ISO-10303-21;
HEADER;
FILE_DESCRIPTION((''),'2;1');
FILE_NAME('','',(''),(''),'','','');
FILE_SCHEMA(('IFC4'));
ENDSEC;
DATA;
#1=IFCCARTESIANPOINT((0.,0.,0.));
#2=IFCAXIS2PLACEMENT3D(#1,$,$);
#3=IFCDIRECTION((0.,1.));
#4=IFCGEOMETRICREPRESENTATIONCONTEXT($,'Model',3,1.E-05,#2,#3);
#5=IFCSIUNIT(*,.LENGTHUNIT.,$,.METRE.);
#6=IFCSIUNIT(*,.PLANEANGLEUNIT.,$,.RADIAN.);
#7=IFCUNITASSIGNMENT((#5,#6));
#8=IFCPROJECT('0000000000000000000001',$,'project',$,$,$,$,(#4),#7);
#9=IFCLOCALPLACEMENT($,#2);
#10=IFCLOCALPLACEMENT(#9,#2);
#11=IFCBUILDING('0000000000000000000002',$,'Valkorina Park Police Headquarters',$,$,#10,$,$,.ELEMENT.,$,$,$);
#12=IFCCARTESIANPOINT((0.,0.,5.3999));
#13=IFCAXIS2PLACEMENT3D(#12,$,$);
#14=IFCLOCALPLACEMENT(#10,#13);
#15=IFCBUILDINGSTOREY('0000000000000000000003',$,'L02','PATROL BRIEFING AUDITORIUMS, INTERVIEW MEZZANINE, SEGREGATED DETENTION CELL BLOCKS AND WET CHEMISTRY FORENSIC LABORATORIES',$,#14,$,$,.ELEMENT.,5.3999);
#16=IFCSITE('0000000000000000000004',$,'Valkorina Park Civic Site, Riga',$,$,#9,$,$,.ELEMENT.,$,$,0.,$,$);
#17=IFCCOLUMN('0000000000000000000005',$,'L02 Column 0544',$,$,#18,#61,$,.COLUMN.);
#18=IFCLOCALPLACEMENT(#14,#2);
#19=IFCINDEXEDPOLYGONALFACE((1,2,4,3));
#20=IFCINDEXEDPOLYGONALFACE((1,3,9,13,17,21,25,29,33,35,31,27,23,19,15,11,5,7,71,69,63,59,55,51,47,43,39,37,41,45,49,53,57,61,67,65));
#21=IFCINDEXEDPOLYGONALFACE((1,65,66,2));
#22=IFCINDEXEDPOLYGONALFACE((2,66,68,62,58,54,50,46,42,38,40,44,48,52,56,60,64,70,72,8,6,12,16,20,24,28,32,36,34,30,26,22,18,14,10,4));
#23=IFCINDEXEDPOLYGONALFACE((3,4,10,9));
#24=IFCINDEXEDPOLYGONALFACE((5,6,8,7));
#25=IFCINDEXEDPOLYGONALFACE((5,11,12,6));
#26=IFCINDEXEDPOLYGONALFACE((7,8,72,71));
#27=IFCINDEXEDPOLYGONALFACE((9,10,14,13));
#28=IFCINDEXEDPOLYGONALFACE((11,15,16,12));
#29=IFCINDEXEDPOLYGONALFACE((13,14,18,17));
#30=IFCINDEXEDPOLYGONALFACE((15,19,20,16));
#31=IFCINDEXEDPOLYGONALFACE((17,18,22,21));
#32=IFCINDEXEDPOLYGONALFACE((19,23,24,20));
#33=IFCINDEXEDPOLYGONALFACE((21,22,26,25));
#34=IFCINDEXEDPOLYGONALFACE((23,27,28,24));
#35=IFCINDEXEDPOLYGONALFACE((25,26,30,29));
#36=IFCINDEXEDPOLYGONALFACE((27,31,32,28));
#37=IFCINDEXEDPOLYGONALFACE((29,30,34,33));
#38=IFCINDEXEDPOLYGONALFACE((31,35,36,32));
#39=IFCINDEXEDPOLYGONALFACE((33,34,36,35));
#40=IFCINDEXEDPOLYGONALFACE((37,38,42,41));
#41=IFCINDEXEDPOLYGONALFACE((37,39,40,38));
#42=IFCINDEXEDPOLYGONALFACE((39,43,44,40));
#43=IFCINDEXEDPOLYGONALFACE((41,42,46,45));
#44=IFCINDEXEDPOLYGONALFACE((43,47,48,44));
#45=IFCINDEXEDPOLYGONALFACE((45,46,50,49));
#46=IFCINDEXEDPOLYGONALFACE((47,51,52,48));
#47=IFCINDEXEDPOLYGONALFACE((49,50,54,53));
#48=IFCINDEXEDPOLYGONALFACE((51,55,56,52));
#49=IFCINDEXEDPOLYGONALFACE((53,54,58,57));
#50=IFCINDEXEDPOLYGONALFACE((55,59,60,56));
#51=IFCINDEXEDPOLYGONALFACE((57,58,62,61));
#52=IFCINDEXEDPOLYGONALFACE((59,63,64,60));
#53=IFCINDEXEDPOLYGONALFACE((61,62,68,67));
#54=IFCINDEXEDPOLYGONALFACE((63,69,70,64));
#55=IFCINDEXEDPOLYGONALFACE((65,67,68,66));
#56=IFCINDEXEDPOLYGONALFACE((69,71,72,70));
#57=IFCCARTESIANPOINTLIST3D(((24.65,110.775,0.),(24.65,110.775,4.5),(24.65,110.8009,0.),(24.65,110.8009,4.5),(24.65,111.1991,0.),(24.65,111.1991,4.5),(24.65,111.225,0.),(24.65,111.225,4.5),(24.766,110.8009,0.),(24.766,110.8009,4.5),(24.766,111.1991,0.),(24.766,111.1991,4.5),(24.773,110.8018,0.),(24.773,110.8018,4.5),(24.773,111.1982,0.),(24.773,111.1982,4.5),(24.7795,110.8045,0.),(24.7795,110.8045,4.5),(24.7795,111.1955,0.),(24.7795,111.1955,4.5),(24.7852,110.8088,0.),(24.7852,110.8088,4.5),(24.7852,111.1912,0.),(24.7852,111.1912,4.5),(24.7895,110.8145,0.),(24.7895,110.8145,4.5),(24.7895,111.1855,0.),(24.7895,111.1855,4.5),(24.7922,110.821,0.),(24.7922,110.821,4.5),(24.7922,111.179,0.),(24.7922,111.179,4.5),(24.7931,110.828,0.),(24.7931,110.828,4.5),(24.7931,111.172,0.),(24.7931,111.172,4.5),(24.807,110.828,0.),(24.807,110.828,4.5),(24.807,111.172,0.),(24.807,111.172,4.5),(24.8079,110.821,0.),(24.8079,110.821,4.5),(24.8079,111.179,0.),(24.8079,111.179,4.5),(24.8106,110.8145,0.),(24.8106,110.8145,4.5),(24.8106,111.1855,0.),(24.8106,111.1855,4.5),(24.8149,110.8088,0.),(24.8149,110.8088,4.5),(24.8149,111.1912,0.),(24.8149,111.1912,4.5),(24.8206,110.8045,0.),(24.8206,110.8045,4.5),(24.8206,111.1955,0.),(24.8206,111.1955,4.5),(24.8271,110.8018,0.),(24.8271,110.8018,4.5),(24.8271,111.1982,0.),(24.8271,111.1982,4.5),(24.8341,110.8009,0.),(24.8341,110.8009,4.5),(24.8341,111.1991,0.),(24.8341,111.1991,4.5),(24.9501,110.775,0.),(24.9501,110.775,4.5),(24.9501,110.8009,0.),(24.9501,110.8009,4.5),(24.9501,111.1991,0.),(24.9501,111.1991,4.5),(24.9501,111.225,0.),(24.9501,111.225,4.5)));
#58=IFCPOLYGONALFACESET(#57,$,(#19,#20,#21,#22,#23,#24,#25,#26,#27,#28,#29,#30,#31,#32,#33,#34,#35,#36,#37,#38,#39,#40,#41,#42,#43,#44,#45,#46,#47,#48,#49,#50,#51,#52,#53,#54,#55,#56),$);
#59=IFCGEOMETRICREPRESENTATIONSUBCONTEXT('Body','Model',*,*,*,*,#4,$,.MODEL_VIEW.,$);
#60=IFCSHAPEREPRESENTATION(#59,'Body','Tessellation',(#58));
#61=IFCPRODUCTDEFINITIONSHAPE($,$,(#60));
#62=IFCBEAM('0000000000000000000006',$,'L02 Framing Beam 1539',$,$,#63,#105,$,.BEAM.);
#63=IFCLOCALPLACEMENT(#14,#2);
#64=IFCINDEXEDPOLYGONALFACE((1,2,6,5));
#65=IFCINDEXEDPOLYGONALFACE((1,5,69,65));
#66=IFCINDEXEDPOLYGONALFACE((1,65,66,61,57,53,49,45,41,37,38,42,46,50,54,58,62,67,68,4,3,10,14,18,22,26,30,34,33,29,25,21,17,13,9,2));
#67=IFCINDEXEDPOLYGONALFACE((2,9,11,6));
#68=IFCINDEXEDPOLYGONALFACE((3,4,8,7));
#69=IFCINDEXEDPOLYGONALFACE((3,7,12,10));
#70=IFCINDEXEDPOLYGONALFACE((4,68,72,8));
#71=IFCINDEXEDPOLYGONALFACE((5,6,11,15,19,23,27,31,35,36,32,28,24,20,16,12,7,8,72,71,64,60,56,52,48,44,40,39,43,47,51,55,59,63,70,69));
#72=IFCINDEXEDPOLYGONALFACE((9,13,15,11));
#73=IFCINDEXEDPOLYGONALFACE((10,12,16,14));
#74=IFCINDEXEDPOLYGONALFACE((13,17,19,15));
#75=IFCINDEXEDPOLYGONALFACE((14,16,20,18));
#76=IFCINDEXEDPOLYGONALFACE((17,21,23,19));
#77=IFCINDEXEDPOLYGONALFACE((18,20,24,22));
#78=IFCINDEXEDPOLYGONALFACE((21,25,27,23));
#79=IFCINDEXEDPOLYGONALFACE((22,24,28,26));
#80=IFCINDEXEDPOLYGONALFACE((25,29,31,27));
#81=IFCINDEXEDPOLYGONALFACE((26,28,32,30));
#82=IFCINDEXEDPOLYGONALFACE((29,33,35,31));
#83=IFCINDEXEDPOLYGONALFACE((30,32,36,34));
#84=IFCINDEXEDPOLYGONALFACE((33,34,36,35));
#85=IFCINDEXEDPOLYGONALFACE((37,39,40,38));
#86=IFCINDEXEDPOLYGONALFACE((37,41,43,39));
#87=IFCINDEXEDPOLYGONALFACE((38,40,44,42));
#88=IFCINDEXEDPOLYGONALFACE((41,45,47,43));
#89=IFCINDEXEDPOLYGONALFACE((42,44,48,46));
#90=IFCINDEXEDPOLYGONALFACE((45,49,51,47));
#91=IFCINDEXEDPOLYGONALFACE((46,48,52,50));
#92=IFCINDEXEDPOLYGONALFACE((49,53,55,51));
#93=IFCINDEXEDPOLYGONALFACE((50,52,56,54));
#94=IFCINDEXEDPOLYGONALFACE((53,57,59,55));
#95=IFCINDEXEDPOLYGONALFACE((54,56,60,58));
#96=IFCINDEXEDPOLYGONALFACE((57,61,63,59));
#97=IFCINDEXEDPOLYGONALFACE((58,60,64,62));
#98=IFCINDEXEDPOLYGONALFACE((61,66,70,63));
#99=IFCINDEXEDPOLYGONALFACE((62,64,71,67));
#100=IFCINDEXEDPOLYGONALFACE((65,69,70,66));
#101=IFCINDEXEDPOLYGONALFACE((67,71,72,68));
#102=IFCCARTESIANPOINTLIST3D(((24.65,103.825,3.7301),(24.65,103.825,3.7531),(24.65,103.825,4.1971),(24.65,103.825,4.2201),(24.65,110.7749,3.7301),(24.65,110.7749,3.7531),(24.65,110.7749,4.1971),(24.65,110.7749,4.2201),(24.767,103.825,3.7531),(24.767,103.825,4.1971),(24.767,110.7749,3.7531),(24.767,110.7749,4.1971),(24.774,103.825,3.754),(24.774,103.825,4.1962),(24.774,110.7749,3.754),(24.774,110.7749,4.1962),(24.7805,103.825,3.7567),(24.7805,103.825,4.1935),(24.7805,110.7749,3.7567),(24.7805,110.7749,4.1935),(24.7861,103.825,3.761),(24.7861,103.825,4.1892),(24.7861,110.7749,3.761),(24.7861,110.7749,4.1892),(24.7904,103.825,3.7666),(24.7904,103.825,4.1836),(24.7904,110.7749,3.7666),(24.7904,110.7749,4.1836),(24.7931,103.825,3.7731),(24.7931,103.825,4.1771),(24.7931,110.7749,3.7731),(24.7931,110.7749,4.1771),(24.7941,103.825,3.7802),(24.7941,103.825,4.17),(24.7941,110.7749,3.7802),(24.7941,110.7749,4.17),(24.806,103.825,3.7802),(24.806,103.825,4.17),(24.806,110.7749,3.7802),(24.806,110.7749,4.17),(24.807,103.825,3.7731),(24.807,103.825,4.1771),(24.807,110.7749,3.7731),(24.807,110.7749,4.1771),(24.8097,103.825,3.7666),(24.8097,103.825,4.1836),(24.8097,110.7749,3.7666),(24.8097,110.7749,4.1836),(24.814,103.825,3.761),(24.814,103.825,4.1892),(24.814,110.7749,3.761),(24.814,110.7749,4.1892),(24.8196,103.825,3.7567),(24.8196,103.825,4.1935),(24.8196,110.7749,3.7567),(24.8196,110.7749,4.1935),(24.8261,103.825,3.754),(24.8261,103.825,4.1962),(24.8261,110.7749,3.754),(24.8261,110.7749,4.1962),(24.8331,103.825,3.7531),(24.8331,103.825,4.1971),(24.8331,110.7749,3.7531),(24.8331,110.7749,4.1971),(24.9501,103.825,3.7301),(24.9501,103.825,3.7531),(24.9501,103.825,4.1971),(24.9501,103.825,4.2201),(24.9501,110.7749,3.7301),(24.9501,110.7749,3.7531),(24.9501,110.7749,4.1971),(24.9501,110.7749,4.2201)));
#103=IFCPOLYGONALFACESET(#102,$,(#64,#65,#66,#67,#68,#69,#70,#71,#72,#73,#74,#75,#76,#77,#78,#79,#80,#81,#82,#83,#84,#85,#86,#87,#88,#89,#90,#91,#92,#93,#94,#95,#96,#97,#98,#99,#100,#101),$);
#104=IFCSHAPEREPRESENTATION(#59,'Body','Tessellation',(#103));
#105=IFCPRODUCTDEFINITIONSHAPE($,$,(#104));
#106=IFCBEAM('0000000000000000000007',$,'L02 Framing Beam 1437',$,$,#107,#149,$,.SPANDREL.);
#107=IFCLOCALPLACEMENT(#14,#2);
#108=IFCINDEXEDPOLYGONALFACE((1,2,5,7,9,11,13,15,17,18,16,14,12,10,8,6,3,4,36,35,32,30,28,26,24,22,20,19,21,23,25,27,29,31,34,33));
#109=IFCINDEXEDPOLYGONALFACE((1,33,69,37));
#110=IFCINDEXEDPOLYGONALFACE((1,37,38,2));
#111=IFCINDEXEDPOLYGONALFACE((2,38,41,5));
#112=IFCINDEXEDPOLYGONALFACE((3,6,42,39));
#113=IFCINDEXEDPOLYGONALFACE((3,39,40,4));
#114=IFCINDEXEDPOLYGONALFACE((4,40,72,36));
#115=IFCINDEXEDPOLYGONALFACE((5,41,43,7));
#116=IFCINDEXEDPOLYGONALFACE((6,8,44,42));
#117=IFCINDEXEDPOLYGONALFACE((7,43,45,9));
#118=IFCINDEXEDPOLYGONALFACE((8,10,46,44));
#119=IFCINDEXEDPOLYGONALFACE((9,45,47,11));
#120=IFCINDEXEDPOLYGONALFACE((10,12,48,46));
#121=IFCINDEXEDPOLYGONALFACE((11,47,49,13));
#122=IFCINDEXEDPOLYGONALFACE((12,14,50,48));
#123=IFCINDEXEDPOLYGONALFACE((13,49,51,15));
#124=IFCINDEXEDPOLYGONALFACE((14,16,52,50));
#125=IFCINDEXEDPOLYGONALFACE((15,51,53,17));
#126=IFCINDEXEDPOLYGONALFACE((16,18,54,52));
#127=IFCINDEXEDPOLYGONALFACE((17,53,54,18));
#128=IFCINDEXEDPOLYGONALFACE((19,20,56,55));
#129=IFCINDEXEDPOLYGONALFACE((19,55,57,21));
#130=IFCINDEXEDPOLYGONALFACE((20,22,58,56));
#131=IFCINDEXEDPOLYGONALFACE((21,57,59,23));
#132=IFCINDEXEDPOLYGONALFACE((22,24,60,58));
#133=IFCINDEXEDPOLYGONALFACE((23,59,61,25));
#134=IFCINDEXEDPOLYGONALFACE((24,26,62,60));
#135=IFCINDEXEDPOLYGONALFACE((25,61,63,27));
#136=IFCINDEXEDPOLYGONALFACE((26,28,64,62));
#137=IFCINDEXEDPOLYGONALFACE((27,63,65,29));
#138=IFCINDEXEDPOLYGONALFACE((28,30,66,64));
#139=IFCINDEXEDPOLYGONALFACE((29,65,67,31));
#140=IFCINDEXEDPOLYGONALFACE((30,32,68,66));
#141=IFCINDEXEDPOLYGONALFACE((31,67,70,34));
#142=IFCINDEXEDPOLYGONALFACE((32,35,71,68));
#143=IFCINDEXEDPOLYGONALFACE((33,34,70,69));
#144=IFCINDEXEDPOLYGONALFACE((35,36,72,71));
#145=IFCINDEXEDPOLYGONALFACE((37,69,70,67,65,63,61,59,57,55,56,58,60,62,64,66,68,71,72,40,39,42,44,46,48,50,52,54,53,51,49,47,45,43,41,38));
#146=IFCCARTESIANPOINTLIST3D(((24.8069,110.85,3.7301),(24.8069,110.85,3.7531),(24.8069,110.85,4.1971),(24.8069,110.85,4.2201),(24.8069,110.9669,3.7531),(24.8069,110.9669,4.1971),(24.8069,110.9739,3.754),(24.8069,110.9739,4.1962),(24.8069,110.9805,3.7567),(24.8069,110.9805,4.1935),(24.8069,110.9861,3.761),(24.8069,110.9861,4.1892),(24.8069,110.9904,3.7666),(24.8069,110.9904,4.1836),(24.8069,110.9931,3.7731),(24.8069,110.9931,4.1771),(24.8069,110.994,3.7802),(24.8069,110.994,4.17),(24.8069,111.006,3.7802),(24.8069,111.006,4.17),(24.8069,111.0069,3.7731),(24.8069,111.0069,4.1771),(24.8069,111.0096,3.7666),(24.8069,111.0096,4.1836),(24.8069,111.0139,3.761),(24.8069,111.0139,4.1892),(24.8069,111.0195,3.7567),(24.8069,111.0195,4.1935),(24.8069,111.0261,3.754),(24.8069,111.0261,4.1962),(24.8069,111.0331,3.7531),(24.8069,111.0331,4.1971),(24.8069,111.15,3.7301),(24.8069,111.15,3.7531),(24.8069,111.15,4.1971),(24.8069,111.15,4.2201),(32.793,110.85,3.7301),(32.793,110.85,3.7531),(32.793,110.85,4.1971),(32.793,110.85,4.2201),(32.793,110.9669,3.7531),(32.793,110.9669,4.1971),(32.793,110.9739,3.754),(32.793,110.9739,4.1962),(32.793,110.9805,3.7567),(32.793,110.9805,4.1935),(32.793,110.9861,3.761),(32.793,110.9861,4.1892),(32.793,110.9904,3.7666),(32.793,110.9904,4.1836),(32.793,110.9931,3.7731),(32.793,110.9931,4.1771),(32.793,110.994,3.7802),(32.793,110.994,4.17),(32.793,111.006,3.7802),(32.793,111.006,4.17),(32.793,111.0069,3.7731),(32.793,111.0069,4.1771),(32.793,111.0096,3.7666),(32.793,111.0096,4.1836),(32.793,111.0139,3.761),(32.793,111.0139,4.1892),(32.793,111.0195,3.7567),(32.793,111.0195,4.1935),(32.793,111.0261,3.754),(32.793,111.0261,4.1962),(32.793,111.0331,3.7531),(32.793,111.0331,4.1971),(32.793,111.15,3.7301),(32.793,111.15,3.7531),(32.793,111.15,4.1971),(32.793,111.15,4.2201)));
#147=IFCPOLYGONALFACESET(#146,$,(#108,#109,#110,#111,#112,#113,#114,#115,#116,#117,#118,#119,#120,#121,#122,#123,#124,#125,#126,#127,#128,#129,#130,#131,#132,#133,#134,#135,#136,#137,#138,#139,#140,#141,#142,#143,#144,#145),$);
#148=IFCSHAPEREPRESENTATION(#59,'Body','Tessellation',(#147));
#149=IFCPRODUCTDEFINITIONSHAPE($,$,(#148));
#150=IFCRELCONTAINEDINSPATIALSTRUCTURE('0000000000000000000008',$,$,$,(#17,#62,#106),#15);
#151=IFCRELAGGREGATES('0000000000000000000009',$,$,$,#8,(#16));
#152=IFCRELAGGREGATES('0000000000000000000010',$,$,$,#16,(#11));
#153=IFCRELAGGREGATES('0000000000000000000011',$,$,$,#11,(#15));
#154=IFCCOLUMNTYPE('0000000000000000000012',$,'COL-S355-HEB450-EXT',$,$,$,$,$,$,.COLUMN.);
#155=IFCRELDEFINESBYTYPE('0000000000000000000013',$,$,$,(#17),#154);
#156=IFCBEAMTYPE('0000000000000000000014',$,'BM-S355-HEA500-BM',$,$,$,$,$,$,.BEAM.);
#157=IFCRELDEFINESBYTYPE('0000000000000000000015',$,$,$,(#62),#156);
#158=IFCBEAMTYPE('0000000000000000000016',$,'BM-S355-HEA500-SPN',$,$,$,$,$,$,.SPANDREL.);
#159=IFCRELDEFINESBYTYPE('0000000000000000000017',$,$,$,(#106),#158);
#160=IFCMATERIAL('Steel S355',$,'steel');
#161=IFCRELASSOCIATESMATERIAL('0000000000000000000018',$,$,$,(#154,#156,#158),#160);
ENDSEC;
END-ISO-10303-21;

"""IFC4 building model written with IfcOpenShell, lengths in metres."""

from ifc_helpers import new_model, si_unit, direction, frame, origin, origin_2d, place, context, subcontext, project, spatial, i_section, extrude, material, material_profile, profile_set, type_object, element, save


model = new_model("IFC4")

# Units and contexts
model_context = context("Model", 3, precision=1e-05, world=origin(), true_north=direction((0.0, 1.0)))
body_context = subcontext(model_context, "Body", "Model", "MODEL_VIEW")
ifc_project = project(units=[si_unit("LENGTHUNIT", "METRE"), si_unit("PLANEANGLEUNIT", "RADIAN")], contexts=[model_context])

# Site, building, storey
site_placement = place(None, origin())
site = spatial("IfcSite", under=ifc_project, at=site_placement, Name="Valkorina Park Civic Site, Riga", CompositionType="ELEMENT", RefElevation=0.0)
building_placement = place(site_placement, origin())
building = spatial("IfcBuilding", under=site, at=building_placement, Name="Valkorina Park Police Headquarters", CompositionType="ELEMENT")
storey_placement = place(building_placement, frame((0.0, 0.0, 5.3999)))
storey = spatial("IfcBuildingStorey", under=building, at=storey_placement, Name="L02", Description="PATROL BRIEFING AUDITORIUMS, INTERVIEW MEZZANINE, SEGREGATED DETENTION CELL BLOCKS AND WET CHEMISTRY FORENSIC LABORATORIES", CompositionType="ELEMENT", Elevation=5.3999)

# Column
ifc_material_1 = material(Name="Steel S355", Category="steel")
ifc_material_profile_1 = material_profile(ifc_material_1, i_section(OverallWidth=0.3, OverallDepth=0.45, WebThickness=0.0139, FlangeThickness=0.0259, FilletRadius=0.0271, at=origin_2d()), Name="HEB 450")
ifc_profile_set_1 = profile_set([ifc_material_profile_1], Name="Steel S355")
column_type = type_object("IfcColumnType", Name="COL-S355-HEB450-EXT", PredefinedType="COLUMN", material=ifc_profile_set_1)
column_placement = place(storey_placement, frame((24.8, 111.0, 0.0), z_axis=(0.0, 0.0, 1.0), x_axis=(1.0, 0.0, 0.0)))
element("IfcColumn", 1, at=column_placement, inside=storey, type_object=column_type, Name="L02 Column 0544", PredefinedType="COLUMN", context=body_context, shape_type="SweptSolid", body=[
    extrude(i_section(OverallWidth=0.3, OverallDepth=0.45, WebThickness=0.0139, FlangeThickness=0.0259, FilletRadius=0.0271, at=origin_2d()), origin(), (0.0, 0.0, 1.0), 4.5),
])

# Beams
ifc_material_profile_2 = material_profile(ifc_material_1, i_section(OverallWidth=0.3, OverallDepth=0.49, WebThickness=0.012, FlangeThickness=0.0229, FilletRadius=0.0271, at=origin_2d()), Name="HEA 500")
ifc_profile_set_2 = profile_set([ifc_material_profile_2], Name="Steel S355")
beam_type_1 = type_object("IfcBeamType", Name="BM-S355-HEA500-BM", PredefinedType="BEAM", material=ifc_profile_set_2)
beam_1_placement = place(storey_placement, frame((24.8, 103.825, 3.9751), z_axis=(0.0, 1.0, 0.0), x_axis=(-1.0, 0.0, 0.0)))
element("IfcBeam", 2, at=beam_1_placement, inside=storey, type_object=beam_type_1, Name="L02 Framing Beam 1539", PredefinedType="BEAM", context=body_context, shape_type="SweptSolid", body=[
    extrude(i_section(OverallWidth=0.3, OverallDepth=0.49, WebThickness=0.012, FlangeThickness=0.0229, FilletRadius=0.0271, at=origin_2d()), origin(), (0.0, 0.0, 1.0), 6.95),
])
ifc_material_profile_3 = material_profile(ifc_material_1, i_section(OverallWidth=0.3, OverallDepth=0.49, WebThickness=0.012, FlangeThickness=0.0229, FilletRadius=0.0271, at=origin_2d()), Name="HEA 500")
ifc_profile_set_3 = profile_set([ifc_material_profile_3], Name="Steel S355")
beam_type_2 = type_object("IfcBeamType", Name="BM-S355-HEA500-SPN", PredefinedType="SPANDREL", material=ifc_profile_set_3)
beam_2_placement = place(storey_placement, frame((24.8069, 111.0, 3.9751), z_axis=(1.0, 0.0, 0.0), x_axis=(0.0, 1.0, 0.0)))
element("IfcBeam", 3, at=beam_2_placement, inside=storey, type_object=beam_type_2, Name="L02 Framing Beam 1437", PredefinedType="SPANDREL", context=body_context, shape_type="SweptSolid", body=[
    extrude(i_section(OverallWidth=0.3, OverallDepth=0.49, WebThickness=0.012, FlangeThickness=0.0229, FilletRadius=0.0271, at=origin_2d()), origin(), (0.0, 0.0, 1.0), 7.9861),
])

save(model, "model.ifc")
